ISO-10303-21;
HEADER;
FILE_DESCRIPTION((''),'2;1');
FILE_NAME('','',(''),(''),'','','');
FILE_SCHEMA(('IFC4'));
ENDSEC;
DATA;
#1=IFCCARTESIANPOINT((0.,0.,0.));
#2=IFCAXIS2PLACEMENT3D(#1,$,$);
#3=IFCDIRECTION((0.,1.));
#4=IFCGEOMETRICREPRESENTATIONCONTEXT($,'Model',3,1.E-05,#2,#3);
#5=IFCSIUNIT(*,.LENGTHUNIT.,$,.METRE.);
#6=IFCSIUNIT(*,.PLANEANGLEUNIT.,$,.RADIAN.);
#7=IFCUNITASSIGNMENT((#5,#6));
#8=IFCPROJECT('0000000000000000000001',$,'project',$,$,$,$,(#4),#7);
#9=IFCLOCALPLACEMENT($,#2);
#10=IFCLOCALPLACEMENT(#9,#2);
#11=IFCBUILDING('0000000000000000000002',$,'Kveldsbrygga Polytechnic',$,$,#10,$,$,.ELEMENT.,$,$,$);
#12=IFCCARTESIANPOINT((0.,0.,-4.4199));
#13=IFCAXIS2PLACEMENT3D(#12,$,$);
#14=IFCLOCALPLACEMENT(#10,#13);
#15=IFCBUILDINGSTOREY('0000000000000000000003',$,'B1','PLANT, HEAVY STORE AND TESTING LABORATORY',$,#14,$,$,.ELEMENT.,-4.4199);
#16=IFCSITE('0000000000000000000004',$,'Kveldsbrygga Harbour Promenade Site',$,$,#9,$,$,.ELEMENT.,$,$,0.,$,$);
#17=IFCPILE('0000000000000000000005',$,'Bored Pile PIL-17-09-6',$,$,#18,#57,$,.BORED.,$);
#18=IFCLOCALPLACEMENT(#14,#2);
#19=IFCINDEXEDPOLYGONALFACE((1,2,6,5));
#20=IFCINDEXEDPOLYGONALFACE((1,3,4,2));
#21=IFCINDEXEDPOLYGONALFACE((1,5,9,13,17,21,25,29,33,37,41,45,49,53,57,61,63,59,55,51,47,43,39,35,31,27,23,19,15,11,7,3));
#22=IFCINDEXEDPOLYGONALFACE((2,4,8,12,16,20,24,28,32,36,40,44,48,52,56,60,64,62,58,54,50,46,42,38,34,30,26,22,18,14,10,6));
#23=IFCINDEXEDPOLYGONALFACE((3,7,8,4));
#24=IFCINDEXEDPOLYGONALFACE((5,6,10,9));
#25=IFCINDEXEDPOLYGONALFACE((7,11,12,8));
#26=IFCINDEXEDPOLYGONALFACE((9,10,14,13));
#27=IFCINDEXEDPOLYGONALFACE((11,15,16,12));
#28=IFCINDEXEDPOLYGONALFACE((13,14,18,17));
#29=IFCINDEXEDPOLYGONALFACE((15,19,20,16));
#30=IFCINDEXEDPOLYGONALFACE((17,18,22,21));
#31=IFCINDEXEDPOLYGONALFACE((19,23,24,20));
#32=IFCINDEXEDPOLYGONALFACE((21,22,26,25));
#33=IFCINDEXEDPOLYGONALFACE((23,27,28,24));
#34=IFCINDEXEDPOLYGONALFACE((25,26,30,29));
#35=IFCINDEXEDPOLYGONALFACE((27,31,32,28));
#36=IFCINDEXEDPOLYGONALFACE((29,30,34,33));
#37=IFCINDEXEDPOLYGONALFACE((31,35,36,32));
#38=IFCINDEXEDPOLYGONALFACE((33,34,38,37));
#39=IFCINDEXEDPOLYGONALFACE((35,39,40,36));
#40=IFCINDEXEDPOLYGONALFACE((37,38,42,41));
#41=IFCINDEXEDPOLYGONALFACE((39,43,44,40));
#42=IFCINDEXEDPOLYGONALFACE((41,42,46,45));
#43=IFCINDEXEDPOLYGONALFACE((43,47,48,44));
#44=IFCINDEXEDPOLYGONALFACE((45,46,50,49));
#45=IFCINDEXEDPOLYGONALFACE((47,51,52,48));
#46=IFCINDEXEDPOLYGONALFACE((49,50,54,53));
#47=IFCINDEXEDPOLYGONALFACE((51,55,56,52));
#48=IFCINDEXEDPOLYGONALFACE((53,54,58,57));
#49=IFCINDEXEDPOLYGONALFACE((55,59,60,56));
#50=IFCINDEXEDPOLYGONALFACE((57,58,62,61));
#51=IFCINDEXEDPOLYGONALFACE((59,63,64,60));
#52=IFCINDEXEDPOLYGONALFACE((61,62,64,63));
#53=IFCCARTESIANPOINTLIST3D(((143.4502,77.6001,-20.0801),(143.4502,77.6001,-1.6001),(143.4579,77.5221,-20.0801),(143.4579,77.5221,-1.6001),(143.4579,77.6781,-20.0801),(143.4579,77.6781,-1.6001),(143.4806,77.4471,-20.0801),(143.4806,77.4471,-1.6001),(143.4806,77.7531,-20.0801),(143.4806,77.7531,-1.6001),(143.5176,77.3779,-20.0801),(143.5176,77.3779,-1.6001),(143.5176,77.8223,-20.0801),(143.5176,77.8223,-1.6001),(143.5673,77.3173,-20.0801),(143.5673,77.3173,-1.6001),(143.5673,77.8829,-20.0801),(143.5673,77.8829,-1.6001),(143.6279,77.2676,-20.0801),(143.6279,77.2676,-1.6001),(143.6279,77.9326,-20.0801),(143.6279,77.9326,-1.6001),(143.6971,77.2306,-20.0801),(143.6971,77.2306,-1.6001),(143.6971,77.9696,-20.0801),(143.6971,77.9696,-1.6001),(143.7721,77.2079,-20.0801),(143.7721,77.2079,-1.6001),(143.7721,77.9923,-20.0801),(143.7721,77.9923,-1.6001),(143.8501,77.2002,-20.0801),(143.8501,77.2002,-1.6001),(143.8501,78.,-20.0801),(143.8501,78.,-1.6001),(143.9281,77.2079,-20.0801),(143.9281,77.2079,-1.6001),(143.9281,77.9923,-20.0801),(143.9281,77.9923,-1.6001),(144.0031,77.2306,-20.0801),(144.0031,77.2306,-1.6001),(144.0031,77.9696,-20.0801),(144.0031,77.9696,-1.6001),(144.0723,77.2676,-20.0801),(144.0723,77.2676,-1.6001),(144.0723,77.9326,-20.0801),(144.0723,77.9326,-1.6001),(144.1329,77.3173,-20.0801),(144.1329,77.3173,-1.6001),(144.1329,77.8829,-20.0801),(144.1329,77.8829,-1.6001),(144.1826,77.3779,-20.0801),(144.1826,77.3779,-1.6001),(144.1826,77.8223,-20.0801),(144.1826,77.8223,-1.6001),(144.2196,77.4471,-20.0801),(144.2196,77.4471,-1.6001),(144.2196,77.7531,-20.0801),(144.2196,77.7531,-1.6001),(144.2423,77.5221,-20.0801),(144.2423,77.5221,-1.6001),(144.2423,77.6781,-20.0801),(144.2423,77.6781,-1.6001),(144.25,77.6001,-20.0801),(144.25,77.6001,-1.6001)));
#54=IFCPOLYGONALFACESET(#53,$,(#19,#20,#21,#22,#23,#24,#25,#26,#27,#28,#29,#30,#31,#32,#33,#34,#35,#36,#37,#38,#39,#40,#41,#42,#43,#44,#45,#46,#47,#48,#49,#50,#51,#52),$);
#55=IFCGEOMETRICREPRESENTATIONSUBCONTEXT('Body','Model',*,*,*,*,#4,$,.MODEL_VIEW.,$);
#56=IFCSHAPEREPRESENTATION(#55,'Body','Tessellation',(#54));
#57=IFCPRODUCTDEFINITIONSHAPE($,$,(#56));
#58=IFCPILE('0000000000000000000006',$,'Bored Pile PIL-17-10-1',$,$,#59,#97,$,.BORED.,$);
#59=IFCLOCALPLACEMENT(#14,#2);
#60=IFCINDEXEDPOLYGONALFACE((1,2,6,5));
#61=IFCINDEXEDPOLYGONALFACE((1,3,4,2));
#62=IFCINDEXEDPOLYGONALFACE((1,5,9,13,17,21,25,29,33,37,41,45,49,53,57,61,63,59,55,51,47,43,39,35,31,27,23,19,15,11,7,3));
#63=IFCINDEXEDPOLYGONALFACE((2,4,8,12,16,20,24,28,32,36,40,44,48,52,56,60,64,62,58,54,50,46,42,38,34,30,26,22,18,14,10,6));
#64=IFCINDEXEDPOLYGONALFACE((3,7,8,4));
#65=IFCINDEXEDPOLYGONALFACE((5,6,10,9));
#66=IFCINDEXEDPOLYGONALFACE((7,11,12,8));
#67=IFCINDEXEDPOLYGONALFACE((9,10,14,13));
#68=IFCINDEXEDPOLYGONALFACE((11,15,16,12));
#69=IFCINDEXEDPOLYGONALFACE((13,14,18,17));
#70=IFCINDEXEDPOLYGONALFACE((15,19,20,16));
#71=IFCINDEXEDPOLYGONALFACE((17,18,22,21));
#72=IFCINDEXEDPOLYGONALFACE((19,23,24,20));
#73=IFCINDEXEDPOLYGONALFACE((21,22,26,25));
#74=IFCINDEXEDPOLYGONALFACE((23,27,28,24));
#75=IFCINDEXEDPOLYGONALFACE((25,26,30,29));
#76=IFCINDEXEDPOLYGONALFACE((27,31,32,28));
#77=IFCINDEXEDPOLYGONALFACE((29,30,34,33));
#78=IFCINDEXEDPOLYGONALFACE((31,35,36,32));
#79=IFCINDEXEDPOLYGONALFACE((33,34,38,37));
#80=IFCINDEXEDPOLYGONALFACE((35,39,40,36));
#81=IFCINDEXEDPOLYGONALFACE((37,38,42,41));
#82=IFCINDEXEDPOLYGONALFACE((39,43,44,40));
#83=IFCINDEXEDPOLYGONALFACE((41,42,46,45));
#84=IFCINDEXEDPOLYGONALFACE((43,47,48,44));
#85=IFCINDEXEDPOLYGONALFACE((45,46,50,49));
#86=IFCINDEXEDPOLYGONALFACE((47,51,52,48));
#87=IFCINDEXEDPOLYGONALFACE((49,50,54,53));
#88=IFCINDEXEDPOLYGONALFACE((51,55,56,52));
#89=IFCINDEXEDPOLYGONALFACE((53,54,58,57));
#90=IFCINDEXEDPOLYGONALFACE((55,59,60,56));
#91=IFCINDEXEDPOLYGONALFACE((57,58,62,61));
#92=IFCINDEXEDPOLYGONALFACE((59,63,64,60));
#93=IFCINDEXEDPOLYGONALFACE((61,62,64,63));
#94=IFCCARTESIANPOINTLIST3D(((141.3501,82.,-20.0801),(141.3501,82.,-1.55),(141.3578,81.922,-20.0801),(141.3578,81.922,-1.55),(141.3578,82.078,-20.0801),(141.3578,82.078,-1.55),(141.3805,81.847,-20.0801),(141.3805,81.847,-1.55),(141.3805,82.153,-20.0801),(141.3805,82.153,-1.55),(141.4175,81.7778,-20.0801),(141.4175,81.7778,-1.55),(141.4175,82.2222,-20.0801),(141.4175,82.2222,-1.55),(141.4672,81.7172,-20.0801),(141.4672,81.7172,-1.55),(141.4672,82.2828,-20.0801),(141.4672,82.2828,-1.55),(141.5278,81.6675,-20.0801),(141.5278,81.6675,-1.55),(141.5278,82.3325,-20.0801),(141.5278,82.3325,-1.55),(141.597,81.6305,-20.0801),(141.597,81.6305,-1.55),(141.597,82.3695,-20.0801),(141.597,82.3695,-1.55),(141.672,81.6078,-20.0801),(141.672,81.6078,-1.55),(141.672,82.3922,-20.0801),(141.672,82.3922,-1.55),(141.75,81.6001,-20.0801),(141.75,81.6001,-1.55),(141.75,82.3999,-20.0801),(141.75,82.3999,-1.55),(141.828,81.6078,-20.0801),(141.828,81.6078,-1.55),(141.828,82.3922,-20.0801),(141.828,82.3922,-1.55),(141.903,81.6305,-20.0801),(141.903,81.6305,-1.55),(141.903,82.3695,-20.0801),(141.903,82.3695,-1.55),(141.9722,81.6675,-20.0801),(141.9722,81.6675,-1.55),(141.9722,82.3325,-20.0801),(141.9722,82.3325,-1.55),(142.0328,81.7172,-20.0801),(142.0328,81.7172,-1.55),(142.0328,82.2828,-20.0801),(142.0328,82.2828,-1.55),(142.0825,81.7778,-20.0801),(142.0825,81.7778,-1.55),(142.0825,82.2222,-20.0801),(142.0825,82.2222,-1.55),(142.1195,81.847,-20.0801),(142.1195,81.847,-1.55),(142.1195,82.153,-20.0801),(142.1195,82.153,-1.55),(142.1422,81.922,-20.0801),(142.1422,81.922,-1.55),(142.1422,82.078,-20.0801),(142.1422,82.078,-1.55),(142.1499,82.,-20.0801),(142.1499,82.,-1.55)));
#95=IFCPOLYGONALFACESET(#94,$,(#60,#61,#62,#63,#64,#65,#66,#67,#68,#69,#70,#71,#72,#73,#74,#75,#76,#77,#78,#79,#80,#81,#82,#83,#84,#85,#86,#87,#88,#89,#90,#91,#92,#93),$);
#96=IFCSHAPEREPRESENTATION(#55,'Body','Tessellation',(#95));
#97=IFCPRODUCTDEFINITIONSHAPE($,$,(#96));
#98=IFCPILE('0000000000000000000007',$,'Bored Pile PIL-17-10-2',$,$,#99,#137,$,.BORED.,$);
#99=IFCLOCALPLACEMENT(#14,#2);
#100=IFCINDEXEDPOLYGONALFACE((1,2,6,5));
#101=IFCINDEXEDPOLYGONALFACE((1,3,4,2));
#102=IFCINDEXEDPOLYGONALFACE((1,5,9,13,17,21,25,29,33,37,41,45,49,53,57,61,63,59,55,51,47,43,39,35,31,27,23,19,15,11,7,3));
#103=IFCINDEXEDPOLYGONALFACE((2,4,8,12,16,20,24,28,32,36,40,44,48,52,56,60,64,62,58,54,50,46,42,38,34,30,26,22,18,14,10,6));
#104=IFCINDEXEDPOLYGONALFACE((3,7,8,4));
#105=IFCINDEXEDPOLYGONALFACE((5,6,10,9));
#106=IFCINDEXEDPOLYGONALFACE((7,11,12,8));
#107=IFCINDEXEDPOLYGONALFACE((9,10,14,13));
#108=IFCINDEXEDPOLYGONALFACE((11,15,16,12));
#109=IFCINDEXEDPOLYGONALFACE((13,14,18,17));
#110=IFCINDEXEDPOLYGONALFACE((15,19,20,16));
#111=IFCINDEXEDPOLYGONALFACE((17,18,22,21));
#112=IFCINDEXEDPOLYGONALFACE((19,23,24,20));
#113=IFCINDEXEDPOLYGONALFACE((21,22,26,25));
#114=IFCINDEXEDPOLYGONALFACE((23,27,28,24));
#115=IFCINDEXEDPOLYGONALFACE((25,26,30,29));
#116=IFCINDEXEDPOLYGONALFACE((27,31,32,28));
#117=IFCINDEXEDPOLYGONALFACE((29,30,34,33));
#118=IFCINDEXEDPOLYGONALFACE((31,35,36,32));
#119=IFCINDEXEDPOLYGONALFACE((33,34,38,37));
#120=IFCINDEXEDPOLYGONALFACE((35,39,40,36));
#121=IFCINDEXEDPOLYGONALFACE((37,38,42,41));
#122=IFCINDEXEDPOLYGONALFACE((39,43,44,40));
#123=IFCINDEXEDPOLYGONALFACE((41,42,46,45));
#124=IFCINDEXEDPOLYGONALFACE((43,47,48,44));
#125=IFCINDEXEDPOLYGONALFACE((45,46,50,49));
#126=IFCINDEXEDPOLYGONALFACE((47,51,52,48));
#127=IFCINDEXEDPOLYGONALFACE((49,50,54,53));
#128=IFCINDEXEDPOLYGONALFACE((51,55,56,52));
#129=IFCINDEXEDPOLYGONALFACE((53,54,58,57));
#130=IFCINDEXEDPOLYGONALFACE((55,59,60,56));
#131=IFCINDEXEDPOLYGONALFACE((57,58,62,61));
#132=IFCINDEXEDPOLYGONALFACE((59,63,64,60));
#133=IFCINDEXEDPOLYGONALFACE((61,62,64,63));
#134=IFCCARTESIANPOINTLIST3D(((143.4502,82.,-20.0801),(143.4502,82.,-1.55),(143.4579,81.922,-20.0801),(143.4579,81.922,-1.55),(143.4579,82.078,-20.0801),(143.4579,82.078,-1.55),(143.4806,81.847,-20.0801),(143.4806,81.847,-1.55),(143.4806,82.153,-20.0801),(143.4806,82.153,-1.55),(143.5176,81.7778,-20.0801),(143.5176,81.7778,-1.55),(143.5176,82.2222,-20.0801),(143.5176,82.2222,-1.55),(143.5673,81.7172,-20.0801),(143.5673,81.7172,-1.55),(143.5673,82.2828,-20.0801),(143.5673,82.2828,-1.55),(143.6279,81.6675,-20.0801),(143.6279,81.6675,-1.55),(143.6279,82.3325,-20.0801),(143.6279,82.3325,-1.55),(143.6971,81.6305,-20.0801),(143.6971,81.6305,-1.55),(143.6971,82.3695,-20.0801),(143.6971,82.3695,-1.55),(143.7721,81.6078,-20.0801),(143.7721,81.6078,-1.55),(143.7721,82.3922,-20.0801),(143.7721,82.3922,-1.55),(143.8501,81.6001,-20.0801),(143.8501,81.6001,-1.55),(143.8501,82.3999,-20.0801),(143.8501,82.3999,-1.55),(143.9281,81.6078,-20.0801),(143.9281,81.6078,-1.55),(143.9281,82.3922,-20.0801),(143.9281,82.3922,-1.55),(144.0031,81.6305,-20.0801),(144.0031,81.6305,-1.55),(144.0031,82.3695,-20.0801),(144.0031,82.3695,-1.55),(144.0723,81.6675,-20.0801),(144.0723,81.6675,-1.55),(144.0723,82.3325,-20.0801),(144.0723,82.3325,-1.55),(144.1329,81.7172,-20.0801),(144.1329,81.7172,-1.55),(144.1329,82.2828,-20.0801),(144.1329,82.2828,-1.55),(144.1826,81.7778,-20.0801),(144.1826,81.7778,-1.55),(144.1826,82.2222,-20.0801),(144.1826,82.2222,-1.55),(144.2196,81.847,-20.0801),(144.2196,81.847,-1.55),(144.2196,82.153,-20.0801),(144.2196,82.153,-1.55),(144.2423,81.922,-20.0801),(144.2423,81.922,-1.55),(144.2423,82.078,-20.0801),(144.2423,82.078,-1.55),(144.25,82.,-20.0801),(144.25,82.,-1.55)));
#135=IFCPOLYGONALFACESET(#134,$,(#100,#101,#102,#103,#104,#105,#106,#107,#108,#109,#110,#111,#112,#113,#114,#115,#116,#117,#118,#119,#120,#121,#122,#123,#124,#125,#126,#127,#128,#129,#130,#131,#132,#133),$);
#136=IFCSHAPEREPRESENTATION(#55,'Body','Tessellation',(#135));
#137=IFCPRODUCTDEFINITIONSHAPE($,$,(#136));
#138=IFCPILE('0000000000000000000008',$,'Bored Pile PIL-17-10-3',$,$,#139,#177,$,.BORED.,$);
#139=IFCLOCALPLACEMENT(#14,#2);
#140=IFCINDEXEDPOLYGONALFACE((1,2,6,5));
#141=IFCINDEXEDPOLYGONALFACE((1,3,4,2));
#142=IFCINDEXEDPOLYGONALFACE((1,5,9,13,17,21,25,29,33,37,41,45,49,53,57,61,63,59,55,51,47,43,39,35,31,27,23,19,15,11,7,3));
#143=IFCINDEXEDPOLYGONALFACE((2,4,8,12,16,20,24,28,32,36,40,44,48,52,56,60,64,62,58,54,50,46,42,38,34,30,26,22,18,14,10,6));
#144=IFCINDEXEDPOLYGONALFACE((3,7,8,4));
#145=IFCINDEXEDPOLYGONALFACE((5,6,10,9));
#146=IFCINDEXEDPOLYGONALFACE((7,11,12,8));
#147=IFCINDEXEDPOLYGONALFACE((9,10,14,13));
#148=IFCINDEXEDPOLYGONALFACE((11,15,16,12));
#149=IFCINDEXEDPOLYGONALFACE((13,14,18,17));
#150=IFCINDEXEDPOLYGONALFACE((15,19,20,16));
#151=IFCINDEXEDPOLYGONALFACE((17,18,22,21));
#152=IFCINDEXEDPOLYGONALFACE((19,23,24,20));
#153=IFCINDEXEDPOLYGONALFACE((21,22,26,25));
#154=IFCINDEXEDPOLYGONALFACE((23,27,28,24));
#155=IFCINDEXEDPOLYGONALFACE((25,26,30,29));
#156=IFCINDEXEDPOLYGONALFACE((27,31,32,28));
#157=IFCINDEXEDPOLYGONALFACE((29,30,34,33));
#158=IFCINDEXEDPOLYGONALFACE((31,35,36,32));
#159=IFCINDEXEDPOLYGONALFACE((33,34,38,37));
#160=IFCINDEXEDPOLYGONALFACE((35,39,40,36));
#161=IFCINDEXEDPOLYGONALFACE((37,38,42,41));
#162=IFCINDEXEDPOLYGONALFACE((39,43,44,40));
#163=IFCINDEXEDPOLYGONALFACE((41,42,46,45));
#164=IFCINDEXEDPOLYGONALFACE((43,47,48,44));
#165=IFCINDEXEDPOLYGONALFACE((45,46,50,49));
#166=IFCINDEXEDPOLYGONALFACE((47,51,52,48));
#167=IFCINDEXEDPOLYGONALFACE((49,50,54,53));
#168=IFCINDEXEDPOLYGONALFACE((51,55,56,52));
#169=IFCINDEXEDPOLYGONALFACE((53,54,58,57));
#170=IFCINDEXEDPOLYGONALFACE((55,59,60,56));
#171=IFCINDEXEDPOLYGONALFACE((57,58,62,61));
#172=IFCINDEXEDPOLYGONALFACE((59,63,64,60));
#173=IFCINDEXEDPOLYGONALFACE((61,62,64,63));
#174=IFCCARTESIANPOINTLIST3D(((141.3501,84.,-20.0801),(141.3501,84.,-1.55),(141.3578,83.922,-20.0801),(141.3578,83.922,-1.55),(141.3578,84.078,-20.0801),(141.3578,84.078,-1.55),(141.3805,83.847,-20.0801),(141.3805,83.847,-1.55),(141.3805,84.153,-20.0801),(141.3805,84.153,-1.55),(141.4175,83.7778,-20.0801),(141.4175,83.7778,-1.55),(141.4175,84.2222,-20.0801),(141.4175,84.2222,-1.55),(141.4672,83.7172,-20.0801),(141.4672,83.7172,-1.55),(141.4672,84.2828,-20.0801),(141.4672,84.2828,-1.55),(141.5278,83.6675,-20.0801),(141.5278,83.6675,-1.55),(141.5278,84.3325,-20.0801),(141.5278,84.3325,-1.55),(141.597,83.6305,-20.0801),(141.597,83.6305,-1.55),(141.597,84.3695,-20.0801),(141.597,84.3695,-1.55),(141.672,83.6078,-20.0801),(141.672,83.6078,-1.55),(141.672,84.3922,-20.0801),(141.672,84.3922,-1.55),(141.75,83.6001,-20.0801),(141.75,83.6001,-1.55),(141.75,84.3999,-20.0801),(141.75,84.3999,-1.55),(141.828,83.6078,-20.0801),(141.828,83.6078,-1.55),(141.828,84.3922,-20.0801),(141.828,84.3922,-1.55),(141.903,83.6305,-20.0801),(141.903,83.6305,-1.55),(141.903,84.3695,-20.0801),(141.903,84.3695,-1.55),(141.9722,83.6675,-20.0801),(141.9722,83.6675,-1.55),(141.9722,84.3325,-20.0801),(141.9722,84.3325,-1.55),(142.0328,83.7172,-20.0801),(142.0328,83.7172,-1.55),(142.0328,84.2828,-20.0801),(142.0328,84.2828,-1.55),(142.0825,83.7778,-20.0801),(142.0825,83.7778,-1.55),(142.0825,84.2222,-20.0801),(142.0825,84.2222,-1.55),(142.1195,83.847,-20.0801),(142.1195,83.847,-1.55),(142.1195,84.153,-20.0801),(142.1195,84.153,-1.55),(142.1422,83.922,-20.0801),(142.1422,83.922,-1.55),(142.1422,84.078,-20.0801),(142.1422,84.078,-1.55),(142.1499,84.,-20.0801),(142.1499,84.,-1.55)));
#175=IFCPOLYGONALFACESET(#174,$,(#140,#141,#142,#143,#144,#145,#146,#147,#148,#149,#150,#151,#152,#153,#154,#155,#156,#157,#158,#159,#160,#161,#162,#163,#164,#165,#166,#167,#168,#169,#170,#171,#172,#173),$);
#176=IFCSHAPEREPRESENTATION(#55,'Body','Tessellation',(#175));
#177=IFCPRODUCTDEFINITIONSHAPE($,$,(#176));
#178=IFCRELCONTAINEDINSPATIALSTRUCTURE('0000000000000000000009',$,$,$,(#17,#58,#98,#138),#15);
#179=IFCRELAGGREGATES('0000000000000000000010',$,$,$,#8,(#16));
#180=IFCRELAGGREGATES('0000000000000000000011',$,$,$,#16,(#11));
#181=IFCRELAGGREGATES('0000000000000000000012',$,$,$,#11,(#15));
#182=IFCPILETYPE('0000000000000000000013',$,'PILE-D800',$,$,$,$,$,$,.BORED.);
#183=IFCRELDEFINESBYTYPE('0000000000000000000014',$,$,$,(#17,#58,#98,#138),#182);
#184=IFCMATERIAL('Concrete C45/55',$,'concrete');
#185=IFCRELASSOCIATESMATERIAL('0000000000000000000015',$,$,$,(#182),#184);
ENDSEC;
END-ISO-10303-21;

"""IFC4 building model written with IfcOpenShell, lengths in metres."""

from ifc_helpers import new_model, si_unit, direction, frame, origin, origin_2d, place, context, subcontext, project, spatial, circle, extrude, material, material_profile, profile_set, type_object, element, save


model = new_model("IFC4")

# Units and contexts
model_context = context("Model", 3, precision=1e-05, world=origin(), true_north=direction((0.0, 1.0)))
body_context = subcontext(model_context, "Body", "Model", "MODEL_VIEW")
ifc_project = project(units=[si_unit("LENGTHUNIT", "METRE"), si_unit("PLANEANGLEUNIT", "RADIAN")], contexts=[model_context])

# Site, building, storey
site_placement = place(None, origin())
site = spatial("IfcSite", under=ifc_project, at=site_placement, Name="Kveldsbrygga Harbour Promenade Site", CompositionType="ELEMENT", RefElevation=0.0)
building_placement = place(site_placement, origin())
building = spatial("IfcBuilding", under=site, at=building_placement, Name="Kveldsbrygga Polytechnic", CompositionType="ELEMENT")
storey_placement = place(building_placement, frame((0.0, 0.0, -4.4199)))
storey = spatial("IfcBuildingStorey", under=building, at=storey_placement, Name="B1", Description="PLANT, HEAVY STORE AND TESTING LABORATORY", CompositionType="ELEMENT", Elevation=-4.4199)

# Shared definitions
ifc_material_1 = material(Name="Concrete C45/55", Category="concrete")

# Piles
ifc_material_profile_1 = material_profile(ifc_material_1, circle(Radius=0.3999, at=origin_2d()), Name="PILE D800")
ifc_profile_set_1 = profile_set([ifc_material_profile_1], Name="Concrete C45/55")
pile_type = type_object("IfcPileType", Name="PILE-D800", PredefinedType="BORED", material=ifc_profile_set_1)
for number, where, z_axis, x_axis, name in (
    (1, (143.8501, 77.6001, -1.6001), (0.0, 0.0, -1.0), (1.0, 0.0, 0.0), "Bored Pile PIL-17-09-6"),
):
    element("IfcPile", number, at=place(storey_placement, frame(where, z_axis=z_axis, x_axis=x_axis)), inside=storey, type_object=pile_type, Name=name, PredefinedType="BORED", context=body_context, shape_type="SweptSolid", body=[
        extrude(circle(Radius=0.3999, at=origin_2d()), origin(), (0.0, 0.0, 1.0), 18.48),
    ])
for number, where, z_axis, x_axis, name in (
    (2, (141.75, 82.0, -1.55), (0.0, 0.0, -1.0), (1.0, 0.0, 0.0), "Bored Pile PIL-17-10-1"),
    (3, (143.8501, 82.0, -1.55), (0.0, 0.0, -1.0), (1.0, 0.0, 0.0), "Bored Pile PIL-17-10-2"),
    (4, (141.75, 84.0, -1.55), (0.0, 0.0, -1.0), (1.0, 0.0, 0.0), "Bored Pile PIL-17-10-3"),
):
    element("IfcPile", number, at=place(storey_placement, frame(where, z_axis=z_axis, x_axis=x_axis)), inside=storey, type_object=pile_type, Name=name, PredefinedType="BORED", context=body_context, shape_type="SweptSolid", body=[
        extrude(circle(Radius=0.3999, at=origin_2d()), origin(), (0.0, 0.0, 1.0), 18.53),
    ])

save(model, "model.ifc")
